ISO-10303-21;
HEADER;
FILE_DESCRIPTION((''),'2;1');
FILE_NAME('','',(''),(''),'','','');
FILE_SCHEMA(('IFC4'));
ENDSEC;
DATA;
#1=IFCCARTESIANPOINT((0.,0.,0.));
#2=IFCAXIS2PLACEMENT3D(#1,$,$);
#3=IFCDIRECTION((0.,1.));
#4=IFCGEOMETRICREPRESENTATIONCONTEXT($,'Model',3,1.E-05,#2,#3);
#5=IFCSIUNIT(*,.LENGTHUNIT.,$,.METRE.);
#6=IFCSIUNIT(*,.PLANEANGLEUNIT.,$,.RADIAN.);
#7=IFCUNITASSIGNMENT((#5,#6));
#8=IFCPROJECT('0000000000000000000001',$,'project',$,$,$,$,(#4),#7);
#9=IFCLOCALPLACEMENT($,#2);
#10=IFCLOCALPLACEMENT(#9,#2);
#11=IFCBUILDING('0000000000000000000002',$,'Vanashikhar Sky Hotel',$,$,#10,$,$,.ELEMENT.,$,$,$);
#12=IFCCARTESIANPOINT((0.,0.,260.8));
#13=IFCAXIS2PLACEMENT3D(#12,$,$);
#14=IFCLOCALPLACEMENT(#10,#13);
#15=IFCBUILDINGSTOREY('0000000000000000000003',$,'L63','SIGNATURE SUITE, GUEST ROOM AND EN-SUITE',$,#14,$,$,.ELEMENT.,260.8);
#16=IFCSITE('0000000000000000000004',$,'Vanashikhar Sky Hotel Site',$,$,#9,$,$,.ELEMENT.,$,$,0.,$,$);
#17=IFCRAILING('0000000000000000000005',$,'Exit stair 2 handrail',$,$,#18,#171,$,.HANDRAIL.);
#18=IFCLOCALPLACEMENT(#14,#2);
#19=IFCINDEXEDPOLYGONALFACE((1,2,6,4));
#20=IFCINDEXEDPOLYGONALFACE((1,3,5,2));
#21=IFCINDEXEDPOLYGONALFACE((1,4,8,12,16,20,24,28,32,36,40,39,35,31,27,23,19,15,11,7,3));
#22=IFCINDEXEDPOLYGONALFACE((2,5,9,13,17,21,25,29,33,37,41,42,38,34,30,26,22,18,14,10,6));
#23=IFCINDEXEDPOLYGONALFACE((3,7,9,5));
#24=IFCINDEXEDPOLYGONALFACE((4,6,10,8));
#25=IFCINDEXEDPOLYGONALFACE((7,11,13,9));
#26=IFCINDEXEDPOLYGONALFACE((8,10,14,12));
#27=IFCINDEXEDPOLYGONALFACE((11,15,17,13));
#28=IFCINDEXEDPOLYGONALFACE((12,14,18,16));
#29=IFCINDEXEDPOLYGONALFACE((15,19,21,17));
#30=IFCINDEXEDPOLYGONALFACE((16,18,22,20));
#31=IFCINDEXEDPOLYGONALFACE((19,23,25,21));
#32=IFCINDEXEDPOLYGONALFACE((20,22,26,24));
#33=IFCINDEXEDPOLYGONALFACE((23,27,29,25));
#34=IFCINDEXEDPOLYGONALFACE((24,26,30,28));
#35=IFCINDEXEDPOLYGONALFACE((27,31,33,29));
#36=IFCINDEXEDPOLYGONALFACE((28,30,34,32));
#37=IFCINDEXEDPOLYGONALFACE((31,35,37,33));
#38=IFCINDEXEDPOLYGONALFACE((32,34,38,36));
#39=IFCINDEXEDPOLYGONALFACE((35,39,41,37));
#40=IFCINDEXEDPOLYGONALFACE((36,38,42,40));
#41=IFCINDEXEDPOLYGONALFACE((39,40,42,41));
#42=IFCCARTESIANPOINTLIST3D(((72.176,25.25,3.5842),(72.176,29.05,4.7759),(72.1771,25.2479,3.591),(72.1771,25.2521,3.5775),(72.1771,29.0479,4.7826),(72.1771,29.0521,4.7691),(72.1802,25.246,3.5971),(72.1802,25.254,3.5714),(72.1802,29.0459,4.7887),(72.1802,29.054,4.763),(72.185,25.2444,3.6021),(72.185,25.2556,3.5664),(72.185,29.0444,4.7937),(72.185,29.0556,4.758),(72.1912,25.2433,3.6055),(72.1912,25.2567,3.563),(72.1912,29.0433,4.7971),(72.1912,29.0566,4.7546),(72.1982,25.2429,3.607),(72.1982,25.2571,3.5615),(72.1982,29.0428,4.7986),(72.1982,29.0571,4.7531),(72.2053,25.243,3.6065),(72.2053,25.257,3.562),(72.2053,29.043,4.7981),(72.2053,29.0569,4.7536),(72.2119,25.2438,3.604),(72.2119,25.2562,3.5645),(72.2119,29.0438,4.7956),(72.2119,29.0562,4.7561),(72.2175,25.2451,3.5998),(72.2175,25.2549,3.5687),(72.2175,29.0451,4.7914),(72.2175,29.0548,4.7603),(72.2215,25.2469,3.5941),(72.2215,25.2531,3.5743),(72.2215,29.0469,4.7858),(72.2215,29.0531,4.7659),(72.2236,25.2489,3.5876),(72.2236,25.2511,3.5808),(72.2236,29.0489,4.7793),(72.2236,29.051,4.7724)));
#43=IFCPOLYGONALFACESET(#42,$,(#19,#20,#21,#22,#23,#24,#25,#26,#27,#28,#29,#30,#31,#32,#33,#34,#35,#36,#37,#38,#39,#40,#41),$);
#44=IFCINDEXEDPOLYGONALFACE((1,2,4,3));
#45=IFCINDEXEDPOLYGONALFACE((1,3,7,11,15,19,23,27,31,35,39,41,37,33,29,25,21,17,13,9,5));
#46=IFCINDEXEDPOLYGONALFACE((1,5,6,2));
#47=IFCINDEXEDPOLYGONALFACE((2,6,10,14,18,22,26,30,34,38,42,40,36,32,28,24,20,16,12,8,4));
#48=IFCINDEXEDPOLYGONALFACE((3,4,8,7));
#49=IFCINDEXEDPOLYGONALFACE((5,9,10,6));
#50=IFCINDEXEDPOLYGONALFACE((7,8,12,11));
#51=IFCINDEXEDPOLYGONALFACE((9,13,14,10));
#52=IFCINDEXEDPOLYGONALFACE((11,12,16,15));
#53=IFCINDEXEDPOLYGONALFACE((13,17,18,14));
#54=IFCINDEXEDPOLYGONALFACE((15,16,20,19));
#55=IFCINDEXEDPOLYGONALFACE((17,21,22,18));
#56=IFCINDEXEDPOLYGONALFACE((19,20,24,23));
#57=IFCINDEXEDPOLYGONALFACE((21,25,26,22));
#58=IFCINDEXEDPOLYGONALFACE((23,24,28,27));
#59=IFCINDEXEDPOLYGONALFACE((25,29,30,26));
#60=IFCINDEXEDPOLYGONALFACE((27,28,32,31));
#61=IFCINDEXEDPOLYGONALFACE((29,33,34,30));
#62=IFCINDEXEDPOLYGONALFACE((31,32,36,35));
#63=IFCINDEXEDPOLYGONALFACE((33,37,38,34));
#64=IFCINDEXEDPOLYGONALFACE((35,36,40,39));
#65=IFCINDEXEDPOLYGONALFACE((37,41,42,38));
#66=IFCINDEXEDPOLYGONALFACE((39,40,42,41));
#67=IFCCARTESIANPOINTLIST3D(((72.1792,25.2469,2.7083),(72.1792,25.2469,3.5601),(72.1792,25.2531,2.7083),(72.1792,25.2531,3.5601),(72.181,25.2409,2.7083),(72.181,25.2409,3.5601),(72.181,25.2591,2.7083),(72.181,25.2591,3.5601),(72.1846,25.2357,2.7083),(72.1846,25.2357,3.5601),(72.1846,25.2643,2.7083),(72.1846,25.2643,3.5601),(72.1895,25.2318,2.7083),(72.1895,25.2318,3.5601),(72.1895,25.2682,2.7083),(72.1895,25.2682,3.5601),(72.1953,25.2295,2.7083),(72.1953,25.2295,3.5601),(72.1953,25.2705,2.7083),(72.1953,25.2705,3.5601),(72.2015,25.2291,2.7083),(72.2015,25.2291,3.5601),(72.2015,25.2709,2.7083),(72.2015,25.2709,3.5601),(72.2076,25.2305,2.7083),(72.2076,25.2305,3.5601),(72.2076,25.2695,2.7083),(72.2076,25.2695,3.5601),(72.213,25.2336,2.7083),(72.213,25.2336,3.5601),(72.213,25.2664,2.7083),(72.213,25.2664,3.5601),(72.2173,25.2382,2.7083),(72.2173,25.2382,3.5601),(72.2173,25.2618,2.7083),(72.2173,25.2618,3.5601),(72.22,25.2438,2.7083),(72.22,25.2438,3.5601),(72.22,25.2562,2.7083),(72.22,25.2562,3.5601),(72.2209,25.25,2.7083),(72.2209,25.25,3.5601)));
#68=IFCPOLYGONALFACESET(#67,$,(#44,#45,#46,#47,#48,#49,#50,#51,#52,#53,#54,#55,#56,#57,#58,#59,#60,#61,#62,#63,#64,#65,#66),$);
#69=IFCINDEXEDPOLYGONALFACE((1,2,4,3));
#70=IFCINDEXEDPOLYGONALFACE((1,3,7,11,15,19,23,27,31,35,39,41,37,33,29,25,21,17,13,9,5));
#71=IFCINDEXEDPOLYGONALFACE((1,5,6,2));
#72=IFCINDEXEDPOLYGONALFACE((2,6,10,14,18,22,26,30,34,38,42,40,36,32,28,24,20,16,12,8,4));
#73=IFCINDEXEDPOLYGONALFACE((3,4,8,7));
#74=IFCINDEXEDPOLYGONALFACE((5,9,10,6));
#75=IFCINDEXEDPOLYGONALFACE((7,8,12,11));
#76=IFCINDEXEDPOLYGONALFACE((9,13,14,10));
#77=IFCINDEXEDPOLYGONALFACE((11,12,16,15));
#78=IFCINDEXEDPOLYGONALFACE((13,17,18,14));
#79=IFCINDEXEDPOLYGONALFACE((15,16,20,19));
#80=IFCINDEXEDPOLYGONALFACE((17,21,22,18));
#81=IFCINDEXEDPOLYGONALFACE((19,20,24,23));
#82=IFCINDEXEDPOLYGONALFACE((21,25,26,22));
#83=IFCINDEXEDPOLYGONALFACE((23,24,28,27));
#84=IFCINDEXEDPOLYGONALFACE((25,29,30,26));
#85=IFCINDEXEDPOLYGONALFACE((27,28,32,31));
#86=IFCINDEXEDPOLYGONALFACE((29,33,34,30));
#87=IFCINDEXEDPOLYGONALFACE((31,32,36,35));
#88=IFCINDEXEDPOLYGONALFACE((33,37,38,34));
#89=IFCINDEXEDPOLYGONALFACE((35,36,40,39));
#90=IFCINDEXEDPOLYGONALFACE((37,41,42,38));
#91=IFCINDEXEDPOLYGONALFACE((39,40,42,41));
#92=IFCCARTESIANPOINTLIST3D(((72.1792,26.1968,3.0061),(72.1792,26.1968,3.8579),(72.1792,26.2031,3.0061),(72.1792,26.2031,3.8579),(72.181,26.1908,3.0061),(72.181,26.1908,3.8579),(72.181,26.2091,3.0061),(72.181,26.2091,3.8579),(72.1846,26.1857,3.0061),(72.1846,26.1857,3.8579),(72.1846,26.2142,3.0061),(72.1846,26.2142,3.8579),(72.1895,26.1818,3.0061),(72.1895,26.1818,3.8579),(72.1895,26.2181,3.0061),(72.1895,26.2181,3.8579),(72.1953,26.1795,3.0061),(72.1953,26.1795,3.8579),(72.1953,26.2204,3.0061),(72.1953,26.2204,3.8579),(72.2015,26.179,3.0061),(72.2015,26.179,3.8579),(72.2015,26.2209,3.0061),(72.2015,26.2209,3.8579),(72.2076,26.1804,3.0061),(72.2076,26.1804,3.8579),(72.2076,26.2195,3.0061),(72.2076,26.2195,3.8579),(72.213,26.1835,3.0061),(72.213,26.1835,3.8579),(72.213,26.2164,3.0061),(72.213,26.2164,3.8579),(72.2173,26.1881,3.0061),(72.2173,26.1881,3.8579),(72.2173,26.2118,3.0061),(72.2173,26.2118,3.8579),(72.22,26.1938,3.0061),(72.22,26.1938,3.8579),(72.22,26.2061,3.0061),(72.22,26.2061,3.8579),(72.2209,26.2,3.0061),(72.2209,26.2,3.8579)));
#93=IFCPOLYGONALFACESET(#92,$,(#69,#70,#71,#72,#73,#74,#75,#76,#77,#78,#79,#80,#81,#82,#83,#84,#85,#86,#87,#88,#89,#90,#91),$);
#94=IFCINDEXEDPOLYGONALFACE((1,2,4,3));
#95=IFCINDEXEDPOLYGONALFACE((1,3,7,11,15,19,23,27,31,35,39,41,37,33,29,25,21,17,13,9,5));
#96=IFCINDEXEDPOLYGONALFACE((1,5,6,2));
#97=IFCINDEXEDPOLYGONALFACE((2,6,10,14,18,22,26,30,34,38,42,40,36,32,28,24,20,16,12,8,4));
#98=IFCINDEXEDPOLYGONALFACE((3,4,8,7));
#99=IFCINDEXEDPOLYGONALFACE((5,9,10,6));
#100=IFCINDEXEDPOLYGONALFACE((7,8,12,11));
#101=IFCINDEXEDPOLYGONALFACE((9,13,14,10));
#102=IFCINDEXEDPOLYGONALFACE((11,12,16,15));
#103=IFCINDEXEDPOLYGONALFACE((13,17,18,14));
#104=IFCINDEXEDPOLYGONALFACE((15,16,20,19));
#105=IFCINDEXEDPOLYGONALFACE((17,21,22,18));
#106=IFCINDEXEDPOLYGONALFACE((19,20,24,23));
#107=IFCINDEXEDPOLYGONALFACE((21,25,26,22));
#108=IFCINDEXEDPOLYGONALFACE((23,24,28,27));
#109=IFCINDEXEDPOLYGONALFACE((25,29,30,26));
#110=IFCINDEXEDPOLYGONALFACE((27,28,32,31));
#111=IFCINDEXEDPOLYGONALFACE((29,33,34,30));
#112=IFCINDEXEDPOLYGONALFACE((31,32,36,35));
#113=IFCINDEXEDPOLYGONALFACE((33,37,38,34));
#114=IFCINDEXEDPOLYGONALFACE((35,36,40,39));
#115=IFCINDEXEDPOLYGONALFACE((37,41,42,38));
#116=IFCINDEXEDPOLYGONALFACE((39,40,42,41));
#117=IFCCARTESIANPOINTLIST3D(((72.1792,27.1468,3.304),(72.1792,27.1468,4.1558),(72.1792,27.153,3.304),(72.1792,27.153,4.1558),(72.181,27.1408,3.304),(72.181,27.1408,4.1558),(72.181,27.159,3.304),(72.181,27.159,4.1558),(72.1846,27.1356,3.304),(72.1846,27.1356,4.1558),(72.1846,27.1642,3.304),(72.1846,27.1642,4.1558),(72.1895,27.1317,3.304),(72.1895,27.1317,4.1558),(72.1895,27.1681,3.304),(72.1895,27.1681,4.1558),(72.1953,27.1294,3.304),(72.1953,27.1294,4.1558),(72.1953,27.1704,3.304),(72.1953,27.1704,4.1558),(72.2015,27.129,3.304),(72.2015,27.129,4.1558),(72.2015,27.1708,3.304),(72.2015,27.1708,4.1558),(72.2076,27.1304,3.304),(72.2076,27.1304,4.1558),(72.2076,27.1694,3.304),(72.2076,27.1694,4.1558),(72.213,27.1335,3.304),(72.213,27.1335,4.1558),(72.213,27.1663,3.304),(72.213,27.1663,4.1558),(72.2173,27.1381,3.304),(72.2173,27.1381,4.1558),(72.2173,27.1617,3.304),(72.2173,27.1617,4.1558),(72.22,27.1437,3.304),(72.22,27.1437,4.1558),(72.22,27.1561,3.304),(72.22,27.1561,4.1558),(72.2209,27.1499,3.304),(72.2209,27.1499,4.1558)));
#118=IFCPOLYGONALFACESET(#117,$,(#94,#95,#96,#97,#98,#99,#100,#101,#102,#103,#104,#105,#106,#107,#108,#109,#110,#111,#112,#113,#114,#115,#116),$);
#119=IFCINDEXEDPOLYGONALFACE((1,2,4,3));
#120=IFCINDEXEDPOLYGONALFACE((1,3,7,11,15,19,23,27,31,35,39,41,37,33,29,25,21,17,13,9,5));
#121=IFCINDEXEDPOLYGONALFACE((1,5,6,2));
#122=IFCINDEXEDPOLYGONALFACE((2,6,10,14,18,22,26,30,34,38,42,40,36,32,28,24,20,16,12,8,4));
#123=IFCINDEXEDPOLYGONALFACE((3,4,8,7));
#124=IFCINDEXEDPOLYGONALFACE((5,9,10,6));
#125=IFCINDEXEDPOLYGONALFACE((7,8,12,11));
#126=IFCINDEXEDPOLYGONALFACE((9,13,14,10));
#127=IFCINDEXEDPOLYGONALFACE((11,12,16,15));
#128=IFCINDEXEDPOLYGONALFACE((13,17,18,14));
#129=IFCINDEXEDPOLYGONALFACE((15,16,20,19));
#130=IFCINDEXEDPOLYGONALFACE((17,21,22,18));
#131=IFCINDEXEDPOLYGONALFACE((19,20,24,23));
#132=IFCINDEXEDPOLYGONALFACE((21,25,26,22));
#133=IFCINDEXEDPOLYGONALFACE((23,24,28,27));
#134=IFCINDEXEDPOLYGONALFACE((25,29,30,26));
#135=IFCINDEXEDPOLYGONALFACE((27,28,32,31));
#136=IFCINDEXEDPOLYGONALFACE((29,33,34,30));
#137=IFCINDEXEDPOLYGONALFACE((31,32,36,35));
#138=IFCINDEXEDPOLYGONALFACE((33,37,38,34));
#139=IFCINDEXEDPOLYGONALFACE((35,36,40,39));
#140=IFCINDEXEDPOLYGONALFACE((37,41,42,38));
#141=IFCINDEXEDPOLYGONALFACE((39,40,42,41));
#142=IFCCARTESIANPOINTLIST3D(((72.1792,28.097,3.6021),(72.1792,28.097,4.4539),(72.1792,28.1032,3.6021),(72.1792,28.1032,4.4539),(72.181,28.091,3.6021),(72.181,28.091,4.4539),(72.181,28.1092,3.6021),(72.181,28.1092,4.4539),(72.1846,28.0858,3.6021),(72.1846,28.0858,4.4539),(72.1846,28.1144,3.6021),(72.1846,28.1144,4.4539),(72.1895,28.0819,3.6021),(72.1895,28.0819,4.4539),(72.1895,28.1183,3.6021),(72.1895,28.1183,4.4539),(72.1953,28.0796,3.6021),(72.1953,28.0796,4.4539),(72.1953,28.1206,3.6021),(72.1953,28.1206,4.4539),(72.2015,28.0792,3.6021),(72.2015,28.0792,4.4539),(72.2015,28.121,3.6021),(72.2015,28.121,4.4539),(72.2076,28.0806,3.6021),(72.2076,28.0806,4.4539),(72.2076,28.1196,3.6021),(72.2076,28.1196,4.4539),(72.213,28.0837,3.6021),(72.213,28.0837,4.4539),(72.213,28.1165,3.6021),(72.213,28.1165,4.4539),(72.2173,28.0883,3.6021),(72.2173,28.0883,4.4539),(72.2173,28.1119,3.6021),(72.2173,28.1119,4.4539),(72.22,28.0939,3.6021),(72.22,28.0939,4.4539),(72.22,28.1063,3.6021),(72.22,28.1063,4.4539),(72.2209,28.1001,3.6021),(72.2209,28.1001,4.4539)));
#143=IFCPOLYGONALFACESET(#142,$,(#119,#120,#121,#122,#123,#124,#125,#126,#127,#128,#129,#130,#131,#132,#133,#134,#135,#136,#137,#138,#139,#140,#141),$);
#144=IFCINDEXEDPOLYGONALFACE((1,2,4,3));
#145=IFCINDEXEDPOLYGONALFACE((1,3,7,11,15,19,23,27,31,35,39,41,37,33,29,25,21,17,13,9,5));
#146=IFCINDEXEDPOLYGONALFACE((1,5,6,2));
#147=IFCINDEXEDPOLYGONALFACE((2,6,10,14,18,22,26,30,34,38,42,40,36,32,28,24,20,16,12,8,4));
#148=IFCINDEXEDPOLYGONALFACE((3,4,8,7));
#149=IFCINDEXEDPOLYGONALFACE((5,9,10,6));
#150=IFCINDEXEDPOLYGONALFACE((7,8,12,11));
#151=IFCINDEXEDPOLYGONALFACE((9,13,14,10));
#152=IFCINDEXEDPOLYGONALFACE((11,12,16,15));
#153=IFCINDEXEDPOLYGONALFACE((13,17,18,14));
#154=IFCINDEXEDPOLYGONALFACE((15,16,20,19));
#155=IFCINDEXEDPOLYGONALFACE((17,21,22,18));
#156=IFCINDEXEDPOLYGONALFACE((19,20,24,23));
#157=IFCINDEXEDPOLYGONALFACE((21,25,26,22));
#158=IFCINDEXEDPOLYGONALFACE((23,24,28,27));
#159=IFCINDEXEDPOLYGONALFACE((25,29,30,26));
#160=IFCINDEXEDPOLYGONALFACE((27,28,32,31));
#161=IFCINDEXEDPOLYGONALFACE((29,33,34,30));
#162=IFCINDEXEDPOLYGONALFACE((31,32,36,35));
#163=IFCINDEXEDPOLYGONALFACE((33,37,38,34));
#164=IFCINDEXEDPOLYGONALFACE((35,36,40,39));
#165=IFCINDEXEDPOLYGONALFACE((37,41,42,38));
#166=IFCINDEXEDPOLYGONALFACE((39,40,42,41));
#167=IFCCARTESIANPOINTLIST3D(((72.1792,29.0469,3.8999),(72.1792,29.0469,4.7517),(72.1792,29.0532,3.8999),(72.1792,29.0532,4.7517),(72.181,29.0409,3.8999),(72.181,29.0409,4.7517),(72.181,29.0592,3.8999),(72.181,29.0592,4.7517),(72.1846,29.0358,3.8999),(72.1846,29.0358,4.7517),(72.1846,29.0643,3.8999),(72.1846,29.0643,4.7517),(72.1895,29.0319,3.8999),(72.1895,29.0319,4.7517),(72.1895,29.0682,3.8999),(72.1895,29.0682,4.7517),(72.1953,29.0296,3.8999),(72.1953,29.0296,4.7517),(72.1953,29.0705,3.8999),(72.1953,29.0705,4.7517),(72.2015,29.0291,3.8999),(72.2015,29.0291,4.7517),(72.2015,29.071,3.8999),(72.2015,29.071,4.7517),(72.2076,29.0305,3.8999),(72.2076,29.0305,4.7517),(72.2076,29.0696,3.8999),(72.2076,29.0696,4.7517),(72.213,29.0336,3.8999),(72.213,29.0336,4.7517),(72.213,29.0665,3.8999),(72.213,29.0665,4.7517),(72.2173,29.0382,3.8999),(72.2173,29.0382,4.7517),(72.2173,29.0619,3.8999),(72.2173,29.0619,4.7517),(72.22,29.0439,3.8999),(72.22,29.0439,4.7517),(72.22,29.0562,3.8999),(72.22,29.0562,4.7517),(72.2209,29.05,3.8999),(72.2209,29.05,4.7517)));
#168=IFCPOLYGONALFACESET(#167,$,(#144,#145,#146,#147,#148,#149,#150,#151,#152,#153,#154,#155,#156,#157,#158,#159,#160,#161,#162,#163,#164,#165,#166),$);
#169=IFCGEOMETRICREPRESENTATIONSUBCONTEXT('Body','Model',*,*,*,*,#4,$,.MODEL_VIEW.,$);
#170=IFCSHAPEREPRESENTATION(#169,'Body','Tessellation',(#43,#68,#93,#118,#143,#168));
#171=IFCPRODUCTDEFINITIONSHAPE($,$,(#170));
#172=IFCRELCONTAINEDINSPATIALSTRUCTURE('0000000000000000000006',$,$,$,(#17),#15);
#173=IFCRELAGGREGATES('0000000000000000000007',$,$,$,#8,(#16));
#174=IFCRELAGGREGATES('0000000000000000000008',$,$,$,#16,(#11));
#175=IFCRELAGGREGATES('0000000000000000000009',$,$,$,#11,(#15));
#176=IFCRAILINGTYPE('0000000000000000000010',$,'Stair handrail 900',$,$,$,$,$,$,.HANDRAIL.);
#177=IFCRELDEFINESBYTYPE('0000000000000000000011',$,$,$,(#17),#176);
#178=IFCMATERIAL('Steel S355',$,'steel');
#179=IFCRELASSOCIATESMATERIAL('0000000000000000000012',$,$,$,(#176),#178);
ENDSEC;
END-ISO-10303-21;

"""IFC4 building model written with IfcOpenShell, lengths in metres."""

from ifc_helpers import new_model, si_unit, direction, frame, origin, origin_2d, place, context, subcontext, project, spatial, circle, extrude, source, transform, mapped, material, type_object, element, save


model = new_model("IFC4")

# Units and contexts
model_context = context("Model", 3, precision=1e-05, world=origin(), true_north=direction((0.0, 1.0)))
body_context = subcontext(model_context, "Body", "Model", "MODEL_VIEW")
ifc_project = project(units=[si_unit("LENGTHUNIT", "METRE"), si_unit("PLANEANGLEUNIT", "RADIAN")], contexts=[model_context])

# Site, building, storey
site_placement = place(None, origin())
site = spatial("IfcSite", under=ifc_project, at=site_placement, Name="Vanashikhar Sky Hotel Site", CompositionType="ELEMENT", RefElevation=0.0)
building_placement = place(site_placement, origin())
building = spatial("IfcBuilding", under=site, at=building_placement, Name="Vanashikhar Sky Hotel", CompositionType="ELEMENT")
storey_placement = place(building_placement, frame((0.0, 0.0, 260.8)))
storey = spatial("IfcBuildingStorey", under=building, at=storey_placement, Name="L63", Description="SIGNATURE SUITE, GUEST ROOM AND EN-SUITE", CompositionType="ELEMENT", Elevation=260.8)

# Railing
ifc_material_1 = material(Name="Steel S355", Category="steel")
railing_type_1 = type_object("IfcRailingType", Name="Stair handrail 900", PredefinedType="HANDRAIL", material=ifc_material_1)
shared_shape_1 = source(origin(), body_context, "Body", "SweptSolid", [
    extrude(circle(Radius=0.0239, at=origin_2d()), frame((0.0, 0.0, 0.876), z_axis=(0.0, 0.954184, 0.299221), x_axis=(-1.0, 0.0, 0.0)), (0.0, 0.0, 1.0), 3.9824),
    extrude(circle(Radius=0.021, at=origin_2d()), origin(), (0.0, 0.0, 1.0), 0.8518),
    extrude(circle(Radius=0.021, at=origin_2d()), frame((0.0, 0.95, 0.2979)), (0.0, 0.0, 1.0), 0.8518),
    extrude(circle(Radius=0.021, at=origin_2d()), frame((0.0, 1.8999, 0.5957)), (0.0, 0.0, 1.0), 0.8518),
    extrude(circle(Radius=0.021, at=origin_2d()), frame((0.0, 2.8501, 0.8938)), (0.0, 0.0, 1.0), 0.8518),
    extrude(circle(Radius=0.021, at=origin_2d()), frame((0.0, 3.8, 1.1917)), (0.0, 0.0, 1.0), 0.8518),
])
for number, where, name in (
    (1, (72.2, 25.25, 2.7083), "Exit stair 2 handrail"),
):
    element("IfcRailing", number, at=place(storey_placement, frame(where)), inside=storey, type_object=railing_type_1, Name=name, PredefinedType="HANDRAIL", context=body_context, shape_type="MappedRepresentation", body=[
        mapped(shared_shape_1, transform((0.0, 0.0, 0.0), scale=1.0)),
    ])

save(model, "model.ifc")
